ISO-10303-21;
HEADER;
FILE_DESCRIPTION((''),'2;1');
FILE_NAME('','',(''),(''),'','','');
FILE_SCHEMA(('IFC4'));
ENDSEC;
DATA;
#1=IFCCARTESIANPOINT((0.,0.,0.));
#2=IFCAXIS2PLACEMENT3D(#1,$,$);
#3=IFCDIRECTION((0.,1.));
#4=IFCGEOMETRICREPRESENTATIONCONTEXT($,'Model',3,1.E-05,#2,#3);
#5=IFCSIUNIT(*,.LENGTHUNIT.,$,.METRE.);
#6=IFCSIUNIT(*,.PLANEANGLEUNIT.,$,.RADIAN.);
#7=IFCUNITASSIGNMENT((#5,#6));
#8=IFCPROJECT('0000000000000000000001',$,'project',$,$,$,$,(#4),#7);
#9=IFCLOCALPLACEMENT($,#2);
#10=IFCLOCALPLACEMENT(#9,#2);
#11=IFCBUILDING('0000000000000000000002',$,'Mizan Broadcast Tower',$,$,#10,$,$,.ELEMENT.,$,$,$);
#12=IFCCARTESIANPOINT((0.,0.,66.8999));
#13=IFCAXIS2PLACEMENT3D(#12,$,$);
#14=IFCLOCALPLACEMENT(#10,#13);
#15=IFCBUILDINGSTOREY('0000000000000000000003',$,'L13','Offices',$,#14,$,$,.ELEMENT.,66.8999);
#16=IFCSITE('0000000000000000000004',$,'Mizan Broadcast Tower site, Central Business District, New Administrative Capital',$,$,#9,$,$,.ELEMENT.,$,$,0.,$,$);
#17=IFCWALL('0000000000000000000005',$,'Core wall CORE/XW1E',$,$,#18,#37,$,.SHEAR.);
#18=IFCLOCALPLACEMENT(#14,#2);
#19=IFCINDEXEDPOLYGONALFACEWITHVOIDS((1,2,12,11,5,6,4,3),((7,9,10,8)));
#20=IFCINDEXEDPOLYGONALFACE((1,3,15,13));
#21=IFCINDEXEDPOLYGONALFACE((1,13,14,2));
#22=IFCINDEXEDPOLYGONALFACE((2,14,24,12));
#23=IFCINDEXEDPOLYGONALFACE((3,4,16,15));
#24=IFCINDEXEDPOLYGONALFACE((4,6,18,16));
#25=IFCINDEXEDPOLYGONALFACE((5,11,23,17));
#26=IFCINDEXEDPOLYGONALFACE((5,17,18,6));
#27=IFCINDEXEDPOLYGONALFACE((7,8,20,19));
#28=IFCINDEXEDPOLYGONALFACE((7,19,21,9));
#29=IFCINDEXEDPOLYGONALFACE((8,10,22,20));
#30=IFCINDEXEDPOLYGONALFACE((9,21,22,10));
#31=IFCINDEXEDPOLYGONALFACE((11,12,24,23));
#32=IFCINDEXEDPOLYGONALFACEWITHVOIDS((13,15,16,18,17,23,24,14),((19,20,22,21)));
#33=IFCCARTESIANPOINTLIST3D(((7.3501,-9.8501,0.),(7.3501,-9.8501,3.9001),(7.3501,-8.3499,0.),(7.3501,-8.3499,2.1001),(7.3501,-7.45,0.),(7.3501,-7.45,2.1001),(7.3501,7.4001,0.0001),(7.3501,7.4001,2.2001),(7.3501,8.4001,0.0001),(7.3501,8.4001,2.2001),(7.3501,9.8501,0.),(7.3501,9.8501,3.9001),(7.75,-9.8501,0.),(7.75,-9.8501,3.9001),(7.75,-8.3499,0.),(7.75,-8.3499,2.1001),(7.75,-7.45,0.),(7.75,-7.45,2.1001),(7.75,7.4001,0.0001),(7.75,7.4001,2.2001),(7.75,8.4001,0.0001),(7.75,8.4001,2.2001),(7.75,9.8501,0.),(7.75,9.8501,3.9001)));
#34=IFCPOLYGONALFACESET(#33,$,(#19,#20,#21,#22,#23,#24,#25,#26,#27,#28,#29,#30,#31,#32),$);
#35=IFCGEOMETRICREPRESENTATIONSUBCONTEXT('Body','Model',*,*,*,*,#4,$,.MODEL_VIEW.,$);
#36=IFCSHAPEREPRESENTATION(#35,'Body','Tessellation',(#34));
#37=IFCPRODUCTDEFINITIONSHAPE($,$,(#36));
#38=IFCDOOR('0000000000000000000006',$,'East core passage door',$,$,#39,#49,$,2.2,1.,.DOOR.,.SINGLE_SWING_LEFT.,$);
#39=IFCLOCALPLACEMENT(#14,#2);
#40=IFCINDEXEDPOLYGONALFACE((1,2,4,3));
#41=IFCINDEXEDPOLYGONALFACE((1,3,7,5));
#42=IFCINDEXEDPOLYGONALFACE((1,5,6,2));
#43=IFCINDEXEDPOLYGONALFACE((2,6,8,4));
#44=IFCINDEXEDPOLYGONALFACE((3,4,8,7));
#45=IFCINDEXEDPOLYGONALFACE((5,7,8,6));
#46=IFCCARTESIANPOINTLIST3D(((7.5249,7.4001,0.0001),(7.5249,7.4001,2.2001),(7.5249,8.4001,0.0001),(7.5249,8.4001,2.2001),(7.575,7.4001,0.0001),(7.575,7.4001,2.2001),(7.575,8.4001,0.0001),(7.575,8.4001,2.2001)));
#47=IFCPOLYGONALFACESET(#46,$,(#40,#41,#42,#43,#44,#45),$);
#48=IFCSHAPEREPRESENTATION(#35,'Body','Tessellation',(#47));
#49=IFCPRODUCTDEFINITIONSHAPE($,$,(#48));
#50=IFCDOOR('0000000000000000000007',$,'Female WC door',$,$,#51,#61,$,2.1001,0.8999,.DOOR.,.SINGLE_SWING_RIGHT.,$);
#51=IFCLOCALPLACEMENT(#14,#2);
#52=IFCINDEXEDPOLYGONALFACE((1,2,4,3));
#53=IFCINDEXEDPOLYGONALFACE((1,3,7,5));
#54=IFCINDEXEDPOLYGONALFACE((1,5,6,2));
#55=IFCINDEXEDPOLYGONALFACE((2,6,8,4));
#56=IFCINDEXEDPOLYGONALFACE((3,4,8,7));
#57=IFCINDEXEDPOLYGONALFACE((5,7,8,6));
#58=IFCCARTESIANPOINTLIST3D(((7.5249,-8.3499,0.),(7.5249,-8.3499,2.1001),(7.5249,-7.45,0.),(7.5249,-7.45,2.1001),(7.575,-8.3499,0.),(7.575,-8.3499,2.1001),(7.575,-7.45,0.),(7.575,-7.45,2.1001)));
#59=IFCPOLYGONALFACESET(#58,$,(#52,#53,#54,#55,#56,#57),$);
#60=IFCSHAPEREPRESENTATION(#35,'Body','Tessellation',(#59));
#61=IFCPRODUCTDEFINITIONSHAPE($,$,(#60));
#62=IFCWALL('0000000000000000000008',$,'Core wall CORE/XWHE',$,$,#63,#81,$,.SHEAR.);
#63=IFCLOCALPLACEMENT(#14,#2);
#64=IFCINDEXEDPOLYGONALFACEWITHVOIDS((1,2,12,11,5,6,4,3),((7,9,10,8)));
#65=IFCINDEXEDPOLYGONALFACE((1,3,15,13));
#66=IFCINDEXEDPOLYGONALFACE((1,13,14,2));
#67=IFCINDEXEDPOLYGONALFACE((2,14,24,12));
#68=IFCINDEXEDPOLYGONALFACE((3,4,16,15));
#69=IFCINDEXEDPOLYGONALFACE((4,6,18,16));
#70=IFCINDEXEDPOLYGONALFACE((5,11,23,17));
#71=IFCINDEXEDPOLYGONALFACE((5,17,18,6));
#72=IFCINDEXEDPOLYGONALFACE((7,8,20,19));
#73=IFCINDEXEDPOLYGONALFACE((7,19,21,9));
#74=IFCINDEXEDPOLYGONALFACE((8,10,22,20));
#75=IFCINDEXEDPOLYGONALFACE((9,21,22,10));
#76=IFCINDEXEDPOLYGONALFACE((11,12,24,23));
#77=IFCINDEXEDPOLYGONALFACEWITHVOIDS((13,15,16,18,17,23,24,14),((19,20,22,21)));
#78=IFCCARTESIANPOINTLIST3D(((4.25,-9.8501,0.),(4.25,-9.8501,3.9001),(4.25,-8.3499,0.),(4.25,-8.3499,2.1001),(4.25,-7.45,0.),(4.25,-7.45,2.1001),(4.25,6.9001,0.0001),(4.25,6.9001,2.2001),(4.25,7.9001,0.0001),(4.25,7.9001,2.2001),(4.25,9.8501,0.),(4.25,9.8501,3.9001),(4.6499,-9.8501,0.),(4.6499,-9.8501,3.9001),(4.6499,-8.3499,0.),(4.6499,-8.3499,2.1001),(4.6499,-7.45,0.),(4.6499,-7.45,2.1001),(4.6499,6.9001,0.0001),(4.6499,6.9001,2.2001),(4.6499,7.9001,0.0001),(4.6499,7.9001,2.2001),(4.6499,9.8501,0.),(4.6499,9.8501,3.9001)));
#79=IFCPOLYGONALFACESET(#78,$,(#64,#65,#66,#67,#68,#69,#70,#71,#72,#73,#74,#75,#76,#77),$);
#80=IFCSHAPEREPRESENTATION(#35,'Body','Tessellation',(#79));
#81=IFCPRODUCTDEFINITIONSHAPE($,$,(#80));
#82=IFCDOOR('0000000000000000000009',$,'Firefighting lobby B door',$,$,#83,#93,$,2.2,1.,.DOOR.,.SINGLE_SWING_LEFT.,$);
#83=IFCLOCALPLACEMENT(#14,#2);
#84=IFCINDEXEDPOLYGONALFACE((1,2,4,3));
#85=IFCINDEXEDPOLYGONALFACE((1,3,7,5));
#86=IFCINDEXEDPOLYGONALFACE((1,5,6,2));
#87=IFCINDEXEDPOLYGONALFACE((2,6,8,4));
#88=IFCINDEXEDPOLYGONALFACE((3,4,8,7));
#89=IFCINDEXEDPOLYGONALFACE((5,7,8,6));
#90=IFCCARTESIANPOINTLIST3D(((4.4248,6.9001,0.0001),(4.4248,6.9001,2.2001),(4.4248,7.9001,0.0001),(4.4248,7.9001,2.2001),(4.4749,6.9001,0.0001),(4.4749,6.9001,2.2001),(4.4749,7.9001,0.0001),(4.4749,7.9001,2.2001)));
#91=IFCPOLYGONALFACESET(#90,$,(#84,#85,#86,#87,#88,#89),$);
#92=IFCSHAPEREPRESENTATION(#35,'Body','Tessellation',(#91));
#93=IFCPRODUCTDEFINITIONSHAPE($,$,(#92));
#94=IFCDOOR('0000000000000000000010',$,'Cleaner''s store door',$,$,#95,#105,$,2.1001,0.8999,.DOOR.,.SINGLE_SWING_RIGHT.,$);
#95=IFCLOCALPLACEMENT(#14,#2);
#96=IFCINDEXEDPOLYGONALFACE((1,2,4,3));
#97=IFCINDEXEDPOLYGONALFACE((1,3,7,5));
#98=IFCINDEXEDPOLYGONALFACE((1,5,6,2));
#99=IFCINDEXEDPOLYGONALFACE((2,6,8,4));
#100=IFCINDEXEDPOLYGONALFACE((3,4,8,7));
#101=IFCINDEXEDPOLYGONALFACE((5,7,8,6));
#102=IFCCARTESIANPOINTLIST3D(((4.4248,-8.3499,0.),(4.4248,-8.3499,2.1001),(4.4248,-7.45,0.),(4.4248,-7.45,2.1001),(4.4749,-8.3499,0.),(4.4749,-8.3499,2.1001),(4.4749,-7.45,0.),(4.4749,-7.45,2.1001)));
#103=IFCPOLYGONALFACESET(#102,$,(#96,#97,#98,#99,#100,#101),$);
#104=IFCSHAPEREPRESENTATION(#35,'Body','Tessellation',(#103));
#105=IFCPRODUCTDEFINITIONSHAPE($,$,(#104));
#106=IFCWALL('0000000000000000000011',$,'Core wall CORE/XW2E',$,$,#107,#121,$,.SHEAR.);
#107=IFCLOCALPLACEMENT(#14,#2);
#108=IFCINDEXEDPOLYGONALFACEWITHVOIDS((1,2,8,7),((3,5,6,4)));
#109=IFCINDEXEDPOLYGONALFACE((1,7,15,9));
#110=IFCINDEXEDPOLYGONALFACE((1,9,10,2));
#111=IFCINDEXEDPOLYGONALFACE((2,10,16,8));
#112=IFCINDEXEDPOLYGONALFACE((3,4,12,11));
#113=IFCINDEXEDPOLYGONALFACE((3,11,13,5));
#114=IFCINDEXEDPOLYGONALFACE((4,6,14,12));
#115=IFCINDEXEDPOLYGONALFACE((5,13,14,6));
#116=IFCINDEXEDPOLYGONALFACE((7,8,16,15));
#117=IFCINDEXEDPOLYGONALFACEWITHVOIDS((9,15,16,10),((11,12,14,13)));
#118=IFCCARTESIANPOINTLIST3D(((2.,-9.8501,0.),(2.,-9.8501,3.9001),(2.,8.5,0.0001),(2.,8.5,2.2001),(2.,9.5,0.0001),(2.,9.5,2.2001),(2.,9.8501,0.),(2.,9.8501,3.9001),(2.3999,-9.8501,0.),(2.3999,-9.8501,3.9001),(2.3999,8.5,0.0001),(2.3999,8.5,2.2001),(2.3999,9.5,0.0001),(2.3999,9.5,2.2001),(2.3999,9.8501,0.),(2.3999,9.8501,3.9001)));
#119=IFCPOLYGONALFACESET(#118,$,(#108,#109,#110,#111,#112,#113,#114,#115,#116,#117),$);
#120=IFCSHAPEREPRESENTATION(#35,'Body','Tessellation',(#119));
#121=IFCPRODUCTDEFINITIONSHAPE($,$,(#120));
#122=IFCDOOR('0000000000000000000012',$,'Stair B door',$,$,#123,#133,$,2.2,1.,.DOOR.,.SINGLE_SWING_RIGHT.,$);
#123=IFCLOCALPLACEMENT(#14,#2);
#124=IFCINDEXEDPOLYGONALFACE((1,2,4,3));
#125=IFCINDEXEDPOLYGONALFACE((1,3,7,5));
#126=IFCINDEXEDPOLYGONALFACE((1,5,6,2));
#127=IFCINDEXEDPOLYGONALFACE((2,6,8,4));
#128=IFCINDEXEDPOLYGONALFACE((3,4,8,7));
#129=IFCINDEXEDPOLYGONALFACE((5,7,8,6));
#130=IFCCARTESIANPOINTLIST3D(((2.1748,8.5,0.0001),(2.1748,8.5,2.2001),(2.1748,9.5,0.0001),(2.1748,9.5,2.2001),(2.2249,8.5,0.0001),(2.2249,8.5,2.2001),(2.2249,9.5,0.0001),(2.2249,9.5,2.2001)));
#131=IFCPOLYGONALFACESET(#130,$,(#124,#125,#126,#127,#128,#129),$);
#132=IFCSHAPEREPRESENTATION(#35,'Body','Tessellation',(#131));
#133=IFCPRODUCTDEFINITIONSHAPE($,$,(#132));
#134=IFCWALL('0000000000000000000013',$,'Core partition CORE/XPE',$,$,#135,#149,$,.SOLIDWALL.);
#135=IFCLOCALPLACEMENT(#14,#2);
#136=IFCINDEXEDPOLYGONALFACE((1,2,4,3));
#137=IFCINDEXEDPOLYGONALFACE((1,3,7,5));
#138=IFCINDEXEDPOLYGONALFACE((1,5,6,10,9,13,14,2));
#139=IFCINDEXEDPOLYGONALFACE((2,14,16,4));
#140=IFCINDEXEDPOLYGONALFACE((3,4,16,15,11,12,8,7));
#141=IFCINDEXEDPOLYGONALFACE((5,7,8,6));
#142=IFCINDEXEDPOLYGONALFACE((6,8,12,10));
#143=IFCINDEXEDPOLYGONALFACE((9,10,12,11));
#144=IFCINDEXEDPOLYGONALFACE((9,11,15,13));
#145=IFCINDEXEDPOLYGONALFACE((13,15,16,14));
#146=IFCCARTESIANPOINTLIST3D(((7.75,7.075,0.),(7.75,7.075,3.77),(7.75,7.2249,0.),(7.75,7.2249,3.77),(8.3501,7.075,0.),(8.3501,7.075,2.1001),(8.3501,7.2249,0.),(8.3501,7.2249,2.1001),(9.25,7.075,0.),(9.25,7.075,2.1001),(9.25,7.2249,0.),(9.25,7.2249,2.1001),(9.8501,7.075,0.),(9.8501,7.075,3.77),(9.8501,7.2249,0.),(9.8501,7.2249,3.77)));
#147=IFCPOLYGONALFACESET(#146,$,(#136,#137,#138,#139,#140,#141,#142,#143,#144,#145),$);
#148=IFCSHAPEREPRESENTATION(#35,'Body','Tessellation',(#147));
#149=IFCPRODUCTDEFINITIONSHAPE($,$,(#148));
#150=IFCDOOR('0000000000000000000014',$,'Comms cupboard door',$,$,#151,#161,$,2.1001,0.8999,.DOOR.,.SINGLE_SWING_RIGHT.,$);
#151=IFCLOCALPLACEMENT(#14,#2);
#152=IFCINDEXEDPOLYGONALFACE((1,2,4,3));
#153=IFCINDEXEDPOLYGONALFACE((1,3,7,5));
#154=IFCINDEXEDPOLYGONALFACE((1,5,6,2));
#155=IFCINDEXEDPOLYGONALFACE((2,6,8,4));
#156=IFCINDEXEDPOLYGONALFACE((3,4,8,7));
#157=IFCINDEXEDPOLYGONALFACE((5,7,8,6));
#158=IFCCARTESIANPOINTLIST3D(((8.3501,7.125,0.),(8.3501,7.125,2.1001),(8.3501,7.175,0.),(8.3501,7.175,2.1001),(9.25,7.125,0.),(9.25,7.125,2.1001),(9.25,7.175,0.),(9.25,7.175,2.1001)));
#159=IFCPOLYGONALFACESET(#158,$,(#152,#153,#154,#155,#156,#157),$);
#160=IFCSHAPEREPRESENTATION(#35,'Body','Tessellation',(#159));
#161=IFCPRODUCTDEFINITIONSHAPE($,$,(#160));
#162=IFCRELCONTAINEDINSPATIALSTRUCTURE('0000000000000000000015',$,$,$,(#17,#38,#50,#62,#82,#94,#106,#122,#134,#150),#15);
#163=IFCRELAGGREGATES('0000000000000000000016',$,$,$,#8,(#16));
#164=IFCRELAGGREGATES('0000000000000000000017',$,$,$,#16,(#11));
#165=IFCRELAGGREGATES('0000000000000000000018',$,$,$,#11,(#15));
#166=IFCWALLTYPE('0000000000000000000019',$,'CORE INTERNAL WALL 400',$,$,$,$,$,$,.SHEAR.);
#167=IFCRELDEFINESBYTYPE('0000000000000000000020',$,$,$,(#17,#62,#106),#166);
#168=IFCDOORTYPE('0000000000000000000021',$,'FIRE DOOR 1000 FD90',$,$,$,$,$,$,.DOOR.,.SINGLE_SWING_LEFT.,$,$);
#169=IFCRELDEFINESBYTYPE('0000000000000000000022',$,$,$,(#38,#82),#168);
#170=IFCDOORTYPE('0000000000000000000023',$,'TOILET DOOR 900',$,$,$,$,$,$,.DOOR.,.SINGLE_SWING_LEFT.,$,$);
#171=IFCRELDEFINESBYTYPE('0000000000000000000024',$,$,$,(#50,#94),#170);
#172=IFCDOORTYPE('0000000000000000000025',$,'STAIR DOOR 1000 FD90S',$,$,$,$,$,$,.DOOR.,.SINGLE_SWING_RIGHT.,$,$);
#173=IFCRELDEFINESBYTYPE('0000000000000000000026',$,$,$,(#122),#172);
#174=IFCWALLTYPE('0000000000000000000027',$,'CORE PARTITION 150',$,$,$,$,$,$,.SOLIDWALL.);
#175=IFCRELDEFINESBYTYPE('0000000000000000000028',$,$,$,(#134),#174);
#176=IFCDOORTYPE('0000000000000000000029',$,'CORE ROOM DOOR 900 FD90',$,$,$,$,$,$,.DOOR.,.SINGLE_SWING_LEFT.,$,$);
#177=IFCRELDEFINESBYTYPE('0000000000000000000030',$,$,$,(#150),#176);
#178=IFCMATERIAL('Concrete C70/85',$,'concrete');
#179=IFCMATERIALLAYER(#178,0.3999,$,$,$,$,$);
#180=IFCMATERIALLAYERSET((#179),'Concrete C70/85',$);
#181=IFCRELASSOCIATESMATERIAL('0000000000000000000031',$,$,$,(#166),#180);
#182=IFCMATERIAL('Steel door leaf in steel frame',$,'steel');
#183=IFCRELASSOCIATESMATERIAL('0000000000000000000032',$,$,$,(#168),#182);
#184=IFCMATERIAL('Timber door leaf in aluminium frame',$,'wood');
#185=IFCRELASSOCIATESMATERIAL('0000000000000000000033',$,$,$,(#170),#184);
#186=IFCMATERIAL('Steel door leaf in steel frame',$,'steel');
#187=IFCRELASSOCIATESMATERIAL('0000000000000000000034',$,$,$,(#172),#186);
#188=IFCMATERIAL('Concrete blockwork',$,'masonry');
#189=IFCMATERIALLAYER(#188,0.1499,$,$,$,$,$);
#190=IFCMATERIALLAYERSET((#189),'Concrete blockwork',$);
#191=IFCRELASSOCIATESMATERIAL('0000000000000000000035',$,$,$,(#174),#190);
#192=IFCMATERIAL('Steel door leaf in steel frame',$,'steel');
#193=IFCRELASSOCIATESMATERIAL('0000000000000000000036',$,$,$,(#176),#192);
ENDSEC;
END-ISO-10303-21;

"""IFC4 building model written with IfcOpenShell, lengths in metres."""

from ifc_helpers import new_model, si_unit, direction, frame, frame_2d, origin, place, context, subcontext, project, spatial, rectangle, extrude, material, layer, layer_set, type_object, element, fill, save


model = new_model("IFC4")

# Units and contexts
model_context = context("Model", 3, precision=1e-05, world=origin(), true_north=direction((0.0, 1.0)))
body_context = subcontext(model_context, "Body", "Model", "MODEL_VIEW")
ifc_project = project(units=[si_unit("LENGTHUNIT", "METRE"), si_unit("PLANEANGLEUNIT", "RADIAN")], contexts=[model_context])

# Site, building, storey
site_placement = place(None, origin())
site = spatial("IfcSite", under=ifc_project, at=site_placement, Name="Mizan Broadcast Tower site, Central Business District, New Administrative Capital", CompositionType="ELEMENT", RefElevation=0.0)
building_placement = place(site_placement, origin())
building = spatial("IfcBuilding", under=site, at=building_placement, Name="Mizan Broadcast Tower", CompositionType="ELEMENT")
storey_placement = place(building_placement, frame((0.0, 0.0, 66.8999)))
storey = spatial("IfcBuildingStorey", under=building, at=storey_placement, Name="L13", Description="Offices", CompositionType="ELEMENT", Elevation=66.8999)

# Walls, openings, doors
ifc_material_1 = material(Name="Concrete C70/85", Category="concrete")
ifc_layer_1 = layer(ifc_material_1, 0.3999)
ifc_layer_set_1 = layer_set([ifc_layer_1], Name="Concrete C70/85")
wall_type_1 = type_object("IfcWallType", Name="CORE INTERNAL WALL 400", PredefinedType="SHEAR", material=ifc_layer_set_1)
wall_1_placement = place(storey_placement, frame((7.55, 9.8501, 0.0), z_axis=(0.0, 0.0, 1.0), x_axis=(0.0, -1.0, 0.0)))
wall_1 = element("IfcWall", 1, at=wall_1_placement, inside=storey, type_object=wall_type_1, Name="Core wall CORE/XW1E", PredefinedType="SHEAR", context=body_context, shape_type="SweptSolid", body=[
    extrude(rectangle(XDim=19.7002, YDim=0.3999, at=frame_2d((9.8501, 0.0))), origin(), (0.0, 0.0, 1.0), 3.9001),
])
opening_1_placement = place(wall_1_placement, frame((1.45, 0.0, 0.0)))
opening_1 = element("IfcOpeningElement", 2, at=opening_1_placement, cuts=wall_1, PredefinedType="OPENING", context=body_context, shape_type="SweptSolid", body=[
    extrude(rectangle(XDim=1.0, YDim=2.2, at=frame_2d((0.5, 1.1001))), frame((0.0, 0.21, 0.0), z_axis=(0.0, -1.0, 0.0), x_axis=(1.0, 0.0, 0.0)), (0.0, 0.0, 1.0), 0.4199),
])
opening_2_placement = place(wall_1_placement, frame((17.3, 0.0, 0.0)))
opening_2 = element("IfcOpeningElement", 3, at=opening_2_placement, cuts=wall_1, PredefinedType="OPENING", context=body_context, shape_type="SweptSolid", body=[
    extrude(rectangle(XDim=0.8999, YDim=2.1001, at=frame_2d((0.45, 1.05))), frame((0.0, 0.21, 0.0), z_axis=(0.0, -1.0, 0.0), x_axis=(1.0, 0.0, 0.0)), (0.0, 0.0, 1.0), 0.4199),
])
ifc_material_2 = material(Name="Steel door leaf in steel frame", Category="steel")
door_type_1 = type_object("IfcDoorType", Name="FIRE DOOR 1000 FD90", OperationType="SINGLE_SWING_LEFT", PredefinedType="DOOR", material=ifc_material_2)
door_1_placement = place(opening_1_placement, origin())
door_1 = element("IfcDoor", 4, at=door_1_placement, inside=storey, type_object=door_type_1, Name="East core passage door", OperationType="SINGLE_SWING_LEFT", OverallHeight=2.2, OverallWidth=1.0, PredefinedType="DOOR", context=body_context, shape_type="SweptSolid", body=[
    extrude(rectangle(XDim=1.0, YDim=2.2, at=frame_2d((0.5, 1.1001))), frame((0.0, 0.0249, 0.0), z_axis=(0.0, -1.0, 0.0), x_axis=(1.0, 0.0, 0.0)), (0.0, 0.0, 1.0), 0.05),
])
fill(opening_1, door_1)
ifc_material_3 = material(Name="Timber door leaf in aluminium frame", Category="wood")
door_type_2 = type_object("IfcDoorType", Name="TOILET DOOR 900", OperationType="SINGLE_SWING_LEFT", PredefinedType="DOOR", material=ifc_material_3)
door_2_placement = place(opening_2_placement, origin())
door_2 = element("IfcDoor", 5, at=door_2_placement, inside=storey, type_object=door_type_2, Name="Female WC door", OperationType="SINGLE_SWING_RIGHT", OverallHeight=2.1001, OverallWidth=0.8999, PredefinedType="DOOR", context=body_context, shape_type="SweptSolid", body=[
    extrude(rectangle(XDim=0.8999, YDim=2.1001, at=frame_2d((0.45, 1.05))), frame((0.0, 0.0249, 0.0), z_axis=(0.0, -1.0, 0.0), x_axis=(1.0, 0.0, 0.0)), (0.0, 0.0, 1.0), 0.05),
])
fill(opening_2, door_2)
wall_2_placement = place(storey_placement, frame((4.45, 9.8501, 0.0), z_axis=(0.0, 0.0, 1.0), x_axis=(0.0, -1.0, 0.0)))
wall_2 = element("IfcWall", 6, at=wall_2_placement, inside=storey, type_object=wall_type_1, Name="Core wall CORE/XWHE", PredefinedType="SHEAR", context=body_context, shape_type="SweptSolid", body=[
    extrude(rectangle(XDim=19.7002, YDim=0.3999, at=frame_2d((9.8501, 0.0))), origin(), (0.0, 0.0, 1.0), 3.9001),
])
opening_3_placement = place(wall_2_placement, frame((1.95, 0.0, 0.0)))
opening_3 = element("IfcOpeningElement", 7, at=opening_3_placement, cuts=wall_2, PredefinedType="OPENING", context=body_context, shape_type="SweptSolid", body=[
    extrude(rectangle(XDim=1.0, YDim=2.2, at=frame_2d((0.5, 1.1001))), frame((0.0, 0.21, 0.0), z_axis=(0.0, -1.0, 0.0), x_axis=(1.0, 0.0, 0.0)), (0.0, 0.0, 1.0), 0.4199),
])
opening_4_placement = place(wall_2_placement, frame((17.3, 0.0, 0.0)))
opening_4 = element("IfcOpeningElement", 8, at=opening_4_placement, cuts=wall_2, PredefinedType="OPENING", context=body_context, shape_type="SweptSolid", body=[
    extrude(rectangle(XDim=0.8999, YDim=2.1001, at=frame_2d((0.45, 1.05))), frame((0.0, 0.21, 0.0), z_axis=(0.0, -1.0, 0.0), x_axis=(1.0, 0.0, 0.0)), (0.0, 0.0, 1.0), 0.4199),
])
door_3_placement = place(opening_3_placement, origin())
door_3 = element("IfcDoor", 9, at=door_3_placement, inside=storey, type_object=door_type_1, Name="Firefighting lobby B door", OperationType="SINGLE_SWING_LEFT", OverallHeight=2.2, OverallWidth=1.0, PredefinedType="DOOR", context=body_context, shape_type="SweptSolid", body=[
    extrude(rectangle(XDim=1.0, YDim=2.2, at=frame_2d((0.5, 1.1001))), frame((0.0, 0.0249, 0.0), z_axis=(0.0, -1.0, 0.0), x_axis=(1.0, 0.0, 0.0)), (0.0, 0.0, 1.0), 0.05),
])
fill(opening_3, door_3)
door_4_placement = place(opening_4_placement, origin())
door_4 = element("IfcDoor", 10, at=door_4_placement, inside=storey, type_object=door_type_2, Name="Cleaner's store door", OperationType="SINGLE_SWING_RIGHT", OverallHeight=2.1001, OverallWidth=0.8999, PredefinedType="DOOR", context=body_context, shape_type="SweptSolid", body=[
    extrude(rectangle(XDim=0.8999, YDim=2.1001, at=frame_2d((0.45, 1.05))), frame((0.0, 0.0249, 0.0), z_axis=(0.0, -1.0, 0.0), x_axis=(1.0, 0.0, 0.0)), (0.0, 0.0, 1.0), 0.05),
])
fill(opening_4, door_4)

# Walls, openings, doors
wall_3_placement = place(storey_placement, frame((2.2, 9.8501, 0.0), z_axis=(0.0, 0.0, 1.0), x_axis=(0.0, -1.0, 0.0)))
wall_3 = element("IfcWall", 11, at=wall_3_placement, inside=storey, type_object=wall_type_1, Name="Core wall CORE/XW2E", PredefinedType="SHEAR", context=body_context, shape_type="SweptSolid", body=[
    extrude(rectangle(XDim=19.7002, YDim=0.3999, at=frame_2d((9.8501, 0.0))), origin(), (0.0, 0.0, 1.0), 3.9001),
])
opening_5_placement = place(wall_3_placement, frame((0.3501, 0.0, 0.0)))
opening_5 = element("IfcOpeningElement", 12, at=opening_5_placement, cuts=wall_3, PredefinedType="OPENING", context=body_context, shape_type="SweptSolid", body=[
    extrude(rectangle(XDim=1.0, YDim=2.2, at=frame_2d((0.5, 1.1001))), frame((0.0, 0.21, 0.0), z_axis=(0.0, -1.0, 0.0), x_axis=(1.0, 0.0, 0.0)), (0.0, 0.0, 1.0), 0.4199),
])
ifc_material_4 = material(Name="Steel door leaf in steel frame", Category="steel")
door_type_3 = type_object("IfcDoorType", Name="STAIR DOOR 1000 FD90S", OperationType="SINGLE_SWING_RIGHT", PredefinedType="DOOR", material=ifc_material_4)
door_5_placement = place(opening_5_placement, origin())
door_5 = element("IfcDoor", 13, at=door_5_placement, inside=storey, type_object=door_type_3, Name="Stair B door", OperationType="SINGLE_SWING_RIGHT", OverallHeight=2.2, OverallWidth=1.0, PredefinedType="DOOR", context=body_context, shape_type="SweptSolid", body=[
    extrude(rectangle(XDim=1.0, YDim=2.2, at=frame_2d((0.5, 1.1001))), frame((0.0, 0.0249, 0.0), z_axis=(0.0, -1.0, 0.0), x_axis=(1.0, 0.0, 0.0)), (0.0, 0.0, 1.0), 0.05),
])
fill(opening_5, door_5)
ifc_material_5 = material(Name="Concrete blockwork", Category="masonry")
ifc_layer_2 = layer(ifc_material_5, 0.1499)
ifc_layer_set_2 = layer_set([ifc_layer_2], Name="Concrete blockwork")
wall_type_2 = type_object("IfcWallType", Name="CORE PARTITION 150", PredefinedType="SOLIDWALL", material=ifc_layer_set_2)
wall_4_placement = place(storey_placement, frame((9.8501, 7.1499, 0.0), z_axis=(0.0, 0.0, 1.0), x_axis=(-1.0, 0.0, 0.0)))
wall_4 = element("IfcWall", 14, at=wall_4_placement, inside=storey, type_object=wall_type_2, Name="Core partition CORE/XPE", PredefinedType="SOLIDWALL", context=body_context, shape_type="SweptSolid", body=[
    extrude(rectangle(XDim=2.1001, YDim=0.1499, at=frame_2d((1.05, 0.0))), origin(), (0.0, 0.0, 1.0), 3.77),
])
opening_6_placement = place(wall_4_placement, frame((0.6001, 0.0, 0.0)))
opening_6 = element("IfcOpeningElement", 15, at=opening_6_placement, cuts=wall_4, PredefinedType="OPENING", context=body_context, shape_type="SweptSolid", body=[
    extrude(rectangle(XDim=0.8999, YDim=2.1001, at=frame_2d((0.45, 1.05))), frame((0.0, 0.085, 0.0), z_axis=(0.0, -1.0, 0.0), x_axis=(1.0, 0.0, 0.0)), (0.0, 0.0, 1.0), 0.1699),
])
ifc_material_6 = material(Name="Steel door leaf in steel frame", Category="steel")
door_type_4 = type_object("IfcDoorType", Name="CORE ROOM DOOR 900 FD90", OperationType="SINGLE_SWING_LEFT", PredefinedType="DOOR", material=ifc_material_6)
door_6_placement = place(opening_6_placement, origin())
door_6 = element("IfcDoor", 16, at=door_6_placement, inside=storey, type_object=door_type_4, Name="Comms cupboard door", OperationType="SINGLE_SWING_RIGHT", OverallHeight=2.1001, OverallWidth=0.8999, PredefinedType="DOOR", context=body_context, shape_type="SweptSolid", body=[
    extrude(rectangle(XDim=0.8999, YDim=2.1001, at=frame_2d((0.45, 1.05))), frame((0.0, 0.0249, 0.0), z_axis=(0.0, -1.0, 0.0), x_axis=(1.0, 0.0, 0.0)), (0.0, 0.0, 1.0), 0.05),
])
fill(opening_6, door_6)

save(model, "model.ifc")
